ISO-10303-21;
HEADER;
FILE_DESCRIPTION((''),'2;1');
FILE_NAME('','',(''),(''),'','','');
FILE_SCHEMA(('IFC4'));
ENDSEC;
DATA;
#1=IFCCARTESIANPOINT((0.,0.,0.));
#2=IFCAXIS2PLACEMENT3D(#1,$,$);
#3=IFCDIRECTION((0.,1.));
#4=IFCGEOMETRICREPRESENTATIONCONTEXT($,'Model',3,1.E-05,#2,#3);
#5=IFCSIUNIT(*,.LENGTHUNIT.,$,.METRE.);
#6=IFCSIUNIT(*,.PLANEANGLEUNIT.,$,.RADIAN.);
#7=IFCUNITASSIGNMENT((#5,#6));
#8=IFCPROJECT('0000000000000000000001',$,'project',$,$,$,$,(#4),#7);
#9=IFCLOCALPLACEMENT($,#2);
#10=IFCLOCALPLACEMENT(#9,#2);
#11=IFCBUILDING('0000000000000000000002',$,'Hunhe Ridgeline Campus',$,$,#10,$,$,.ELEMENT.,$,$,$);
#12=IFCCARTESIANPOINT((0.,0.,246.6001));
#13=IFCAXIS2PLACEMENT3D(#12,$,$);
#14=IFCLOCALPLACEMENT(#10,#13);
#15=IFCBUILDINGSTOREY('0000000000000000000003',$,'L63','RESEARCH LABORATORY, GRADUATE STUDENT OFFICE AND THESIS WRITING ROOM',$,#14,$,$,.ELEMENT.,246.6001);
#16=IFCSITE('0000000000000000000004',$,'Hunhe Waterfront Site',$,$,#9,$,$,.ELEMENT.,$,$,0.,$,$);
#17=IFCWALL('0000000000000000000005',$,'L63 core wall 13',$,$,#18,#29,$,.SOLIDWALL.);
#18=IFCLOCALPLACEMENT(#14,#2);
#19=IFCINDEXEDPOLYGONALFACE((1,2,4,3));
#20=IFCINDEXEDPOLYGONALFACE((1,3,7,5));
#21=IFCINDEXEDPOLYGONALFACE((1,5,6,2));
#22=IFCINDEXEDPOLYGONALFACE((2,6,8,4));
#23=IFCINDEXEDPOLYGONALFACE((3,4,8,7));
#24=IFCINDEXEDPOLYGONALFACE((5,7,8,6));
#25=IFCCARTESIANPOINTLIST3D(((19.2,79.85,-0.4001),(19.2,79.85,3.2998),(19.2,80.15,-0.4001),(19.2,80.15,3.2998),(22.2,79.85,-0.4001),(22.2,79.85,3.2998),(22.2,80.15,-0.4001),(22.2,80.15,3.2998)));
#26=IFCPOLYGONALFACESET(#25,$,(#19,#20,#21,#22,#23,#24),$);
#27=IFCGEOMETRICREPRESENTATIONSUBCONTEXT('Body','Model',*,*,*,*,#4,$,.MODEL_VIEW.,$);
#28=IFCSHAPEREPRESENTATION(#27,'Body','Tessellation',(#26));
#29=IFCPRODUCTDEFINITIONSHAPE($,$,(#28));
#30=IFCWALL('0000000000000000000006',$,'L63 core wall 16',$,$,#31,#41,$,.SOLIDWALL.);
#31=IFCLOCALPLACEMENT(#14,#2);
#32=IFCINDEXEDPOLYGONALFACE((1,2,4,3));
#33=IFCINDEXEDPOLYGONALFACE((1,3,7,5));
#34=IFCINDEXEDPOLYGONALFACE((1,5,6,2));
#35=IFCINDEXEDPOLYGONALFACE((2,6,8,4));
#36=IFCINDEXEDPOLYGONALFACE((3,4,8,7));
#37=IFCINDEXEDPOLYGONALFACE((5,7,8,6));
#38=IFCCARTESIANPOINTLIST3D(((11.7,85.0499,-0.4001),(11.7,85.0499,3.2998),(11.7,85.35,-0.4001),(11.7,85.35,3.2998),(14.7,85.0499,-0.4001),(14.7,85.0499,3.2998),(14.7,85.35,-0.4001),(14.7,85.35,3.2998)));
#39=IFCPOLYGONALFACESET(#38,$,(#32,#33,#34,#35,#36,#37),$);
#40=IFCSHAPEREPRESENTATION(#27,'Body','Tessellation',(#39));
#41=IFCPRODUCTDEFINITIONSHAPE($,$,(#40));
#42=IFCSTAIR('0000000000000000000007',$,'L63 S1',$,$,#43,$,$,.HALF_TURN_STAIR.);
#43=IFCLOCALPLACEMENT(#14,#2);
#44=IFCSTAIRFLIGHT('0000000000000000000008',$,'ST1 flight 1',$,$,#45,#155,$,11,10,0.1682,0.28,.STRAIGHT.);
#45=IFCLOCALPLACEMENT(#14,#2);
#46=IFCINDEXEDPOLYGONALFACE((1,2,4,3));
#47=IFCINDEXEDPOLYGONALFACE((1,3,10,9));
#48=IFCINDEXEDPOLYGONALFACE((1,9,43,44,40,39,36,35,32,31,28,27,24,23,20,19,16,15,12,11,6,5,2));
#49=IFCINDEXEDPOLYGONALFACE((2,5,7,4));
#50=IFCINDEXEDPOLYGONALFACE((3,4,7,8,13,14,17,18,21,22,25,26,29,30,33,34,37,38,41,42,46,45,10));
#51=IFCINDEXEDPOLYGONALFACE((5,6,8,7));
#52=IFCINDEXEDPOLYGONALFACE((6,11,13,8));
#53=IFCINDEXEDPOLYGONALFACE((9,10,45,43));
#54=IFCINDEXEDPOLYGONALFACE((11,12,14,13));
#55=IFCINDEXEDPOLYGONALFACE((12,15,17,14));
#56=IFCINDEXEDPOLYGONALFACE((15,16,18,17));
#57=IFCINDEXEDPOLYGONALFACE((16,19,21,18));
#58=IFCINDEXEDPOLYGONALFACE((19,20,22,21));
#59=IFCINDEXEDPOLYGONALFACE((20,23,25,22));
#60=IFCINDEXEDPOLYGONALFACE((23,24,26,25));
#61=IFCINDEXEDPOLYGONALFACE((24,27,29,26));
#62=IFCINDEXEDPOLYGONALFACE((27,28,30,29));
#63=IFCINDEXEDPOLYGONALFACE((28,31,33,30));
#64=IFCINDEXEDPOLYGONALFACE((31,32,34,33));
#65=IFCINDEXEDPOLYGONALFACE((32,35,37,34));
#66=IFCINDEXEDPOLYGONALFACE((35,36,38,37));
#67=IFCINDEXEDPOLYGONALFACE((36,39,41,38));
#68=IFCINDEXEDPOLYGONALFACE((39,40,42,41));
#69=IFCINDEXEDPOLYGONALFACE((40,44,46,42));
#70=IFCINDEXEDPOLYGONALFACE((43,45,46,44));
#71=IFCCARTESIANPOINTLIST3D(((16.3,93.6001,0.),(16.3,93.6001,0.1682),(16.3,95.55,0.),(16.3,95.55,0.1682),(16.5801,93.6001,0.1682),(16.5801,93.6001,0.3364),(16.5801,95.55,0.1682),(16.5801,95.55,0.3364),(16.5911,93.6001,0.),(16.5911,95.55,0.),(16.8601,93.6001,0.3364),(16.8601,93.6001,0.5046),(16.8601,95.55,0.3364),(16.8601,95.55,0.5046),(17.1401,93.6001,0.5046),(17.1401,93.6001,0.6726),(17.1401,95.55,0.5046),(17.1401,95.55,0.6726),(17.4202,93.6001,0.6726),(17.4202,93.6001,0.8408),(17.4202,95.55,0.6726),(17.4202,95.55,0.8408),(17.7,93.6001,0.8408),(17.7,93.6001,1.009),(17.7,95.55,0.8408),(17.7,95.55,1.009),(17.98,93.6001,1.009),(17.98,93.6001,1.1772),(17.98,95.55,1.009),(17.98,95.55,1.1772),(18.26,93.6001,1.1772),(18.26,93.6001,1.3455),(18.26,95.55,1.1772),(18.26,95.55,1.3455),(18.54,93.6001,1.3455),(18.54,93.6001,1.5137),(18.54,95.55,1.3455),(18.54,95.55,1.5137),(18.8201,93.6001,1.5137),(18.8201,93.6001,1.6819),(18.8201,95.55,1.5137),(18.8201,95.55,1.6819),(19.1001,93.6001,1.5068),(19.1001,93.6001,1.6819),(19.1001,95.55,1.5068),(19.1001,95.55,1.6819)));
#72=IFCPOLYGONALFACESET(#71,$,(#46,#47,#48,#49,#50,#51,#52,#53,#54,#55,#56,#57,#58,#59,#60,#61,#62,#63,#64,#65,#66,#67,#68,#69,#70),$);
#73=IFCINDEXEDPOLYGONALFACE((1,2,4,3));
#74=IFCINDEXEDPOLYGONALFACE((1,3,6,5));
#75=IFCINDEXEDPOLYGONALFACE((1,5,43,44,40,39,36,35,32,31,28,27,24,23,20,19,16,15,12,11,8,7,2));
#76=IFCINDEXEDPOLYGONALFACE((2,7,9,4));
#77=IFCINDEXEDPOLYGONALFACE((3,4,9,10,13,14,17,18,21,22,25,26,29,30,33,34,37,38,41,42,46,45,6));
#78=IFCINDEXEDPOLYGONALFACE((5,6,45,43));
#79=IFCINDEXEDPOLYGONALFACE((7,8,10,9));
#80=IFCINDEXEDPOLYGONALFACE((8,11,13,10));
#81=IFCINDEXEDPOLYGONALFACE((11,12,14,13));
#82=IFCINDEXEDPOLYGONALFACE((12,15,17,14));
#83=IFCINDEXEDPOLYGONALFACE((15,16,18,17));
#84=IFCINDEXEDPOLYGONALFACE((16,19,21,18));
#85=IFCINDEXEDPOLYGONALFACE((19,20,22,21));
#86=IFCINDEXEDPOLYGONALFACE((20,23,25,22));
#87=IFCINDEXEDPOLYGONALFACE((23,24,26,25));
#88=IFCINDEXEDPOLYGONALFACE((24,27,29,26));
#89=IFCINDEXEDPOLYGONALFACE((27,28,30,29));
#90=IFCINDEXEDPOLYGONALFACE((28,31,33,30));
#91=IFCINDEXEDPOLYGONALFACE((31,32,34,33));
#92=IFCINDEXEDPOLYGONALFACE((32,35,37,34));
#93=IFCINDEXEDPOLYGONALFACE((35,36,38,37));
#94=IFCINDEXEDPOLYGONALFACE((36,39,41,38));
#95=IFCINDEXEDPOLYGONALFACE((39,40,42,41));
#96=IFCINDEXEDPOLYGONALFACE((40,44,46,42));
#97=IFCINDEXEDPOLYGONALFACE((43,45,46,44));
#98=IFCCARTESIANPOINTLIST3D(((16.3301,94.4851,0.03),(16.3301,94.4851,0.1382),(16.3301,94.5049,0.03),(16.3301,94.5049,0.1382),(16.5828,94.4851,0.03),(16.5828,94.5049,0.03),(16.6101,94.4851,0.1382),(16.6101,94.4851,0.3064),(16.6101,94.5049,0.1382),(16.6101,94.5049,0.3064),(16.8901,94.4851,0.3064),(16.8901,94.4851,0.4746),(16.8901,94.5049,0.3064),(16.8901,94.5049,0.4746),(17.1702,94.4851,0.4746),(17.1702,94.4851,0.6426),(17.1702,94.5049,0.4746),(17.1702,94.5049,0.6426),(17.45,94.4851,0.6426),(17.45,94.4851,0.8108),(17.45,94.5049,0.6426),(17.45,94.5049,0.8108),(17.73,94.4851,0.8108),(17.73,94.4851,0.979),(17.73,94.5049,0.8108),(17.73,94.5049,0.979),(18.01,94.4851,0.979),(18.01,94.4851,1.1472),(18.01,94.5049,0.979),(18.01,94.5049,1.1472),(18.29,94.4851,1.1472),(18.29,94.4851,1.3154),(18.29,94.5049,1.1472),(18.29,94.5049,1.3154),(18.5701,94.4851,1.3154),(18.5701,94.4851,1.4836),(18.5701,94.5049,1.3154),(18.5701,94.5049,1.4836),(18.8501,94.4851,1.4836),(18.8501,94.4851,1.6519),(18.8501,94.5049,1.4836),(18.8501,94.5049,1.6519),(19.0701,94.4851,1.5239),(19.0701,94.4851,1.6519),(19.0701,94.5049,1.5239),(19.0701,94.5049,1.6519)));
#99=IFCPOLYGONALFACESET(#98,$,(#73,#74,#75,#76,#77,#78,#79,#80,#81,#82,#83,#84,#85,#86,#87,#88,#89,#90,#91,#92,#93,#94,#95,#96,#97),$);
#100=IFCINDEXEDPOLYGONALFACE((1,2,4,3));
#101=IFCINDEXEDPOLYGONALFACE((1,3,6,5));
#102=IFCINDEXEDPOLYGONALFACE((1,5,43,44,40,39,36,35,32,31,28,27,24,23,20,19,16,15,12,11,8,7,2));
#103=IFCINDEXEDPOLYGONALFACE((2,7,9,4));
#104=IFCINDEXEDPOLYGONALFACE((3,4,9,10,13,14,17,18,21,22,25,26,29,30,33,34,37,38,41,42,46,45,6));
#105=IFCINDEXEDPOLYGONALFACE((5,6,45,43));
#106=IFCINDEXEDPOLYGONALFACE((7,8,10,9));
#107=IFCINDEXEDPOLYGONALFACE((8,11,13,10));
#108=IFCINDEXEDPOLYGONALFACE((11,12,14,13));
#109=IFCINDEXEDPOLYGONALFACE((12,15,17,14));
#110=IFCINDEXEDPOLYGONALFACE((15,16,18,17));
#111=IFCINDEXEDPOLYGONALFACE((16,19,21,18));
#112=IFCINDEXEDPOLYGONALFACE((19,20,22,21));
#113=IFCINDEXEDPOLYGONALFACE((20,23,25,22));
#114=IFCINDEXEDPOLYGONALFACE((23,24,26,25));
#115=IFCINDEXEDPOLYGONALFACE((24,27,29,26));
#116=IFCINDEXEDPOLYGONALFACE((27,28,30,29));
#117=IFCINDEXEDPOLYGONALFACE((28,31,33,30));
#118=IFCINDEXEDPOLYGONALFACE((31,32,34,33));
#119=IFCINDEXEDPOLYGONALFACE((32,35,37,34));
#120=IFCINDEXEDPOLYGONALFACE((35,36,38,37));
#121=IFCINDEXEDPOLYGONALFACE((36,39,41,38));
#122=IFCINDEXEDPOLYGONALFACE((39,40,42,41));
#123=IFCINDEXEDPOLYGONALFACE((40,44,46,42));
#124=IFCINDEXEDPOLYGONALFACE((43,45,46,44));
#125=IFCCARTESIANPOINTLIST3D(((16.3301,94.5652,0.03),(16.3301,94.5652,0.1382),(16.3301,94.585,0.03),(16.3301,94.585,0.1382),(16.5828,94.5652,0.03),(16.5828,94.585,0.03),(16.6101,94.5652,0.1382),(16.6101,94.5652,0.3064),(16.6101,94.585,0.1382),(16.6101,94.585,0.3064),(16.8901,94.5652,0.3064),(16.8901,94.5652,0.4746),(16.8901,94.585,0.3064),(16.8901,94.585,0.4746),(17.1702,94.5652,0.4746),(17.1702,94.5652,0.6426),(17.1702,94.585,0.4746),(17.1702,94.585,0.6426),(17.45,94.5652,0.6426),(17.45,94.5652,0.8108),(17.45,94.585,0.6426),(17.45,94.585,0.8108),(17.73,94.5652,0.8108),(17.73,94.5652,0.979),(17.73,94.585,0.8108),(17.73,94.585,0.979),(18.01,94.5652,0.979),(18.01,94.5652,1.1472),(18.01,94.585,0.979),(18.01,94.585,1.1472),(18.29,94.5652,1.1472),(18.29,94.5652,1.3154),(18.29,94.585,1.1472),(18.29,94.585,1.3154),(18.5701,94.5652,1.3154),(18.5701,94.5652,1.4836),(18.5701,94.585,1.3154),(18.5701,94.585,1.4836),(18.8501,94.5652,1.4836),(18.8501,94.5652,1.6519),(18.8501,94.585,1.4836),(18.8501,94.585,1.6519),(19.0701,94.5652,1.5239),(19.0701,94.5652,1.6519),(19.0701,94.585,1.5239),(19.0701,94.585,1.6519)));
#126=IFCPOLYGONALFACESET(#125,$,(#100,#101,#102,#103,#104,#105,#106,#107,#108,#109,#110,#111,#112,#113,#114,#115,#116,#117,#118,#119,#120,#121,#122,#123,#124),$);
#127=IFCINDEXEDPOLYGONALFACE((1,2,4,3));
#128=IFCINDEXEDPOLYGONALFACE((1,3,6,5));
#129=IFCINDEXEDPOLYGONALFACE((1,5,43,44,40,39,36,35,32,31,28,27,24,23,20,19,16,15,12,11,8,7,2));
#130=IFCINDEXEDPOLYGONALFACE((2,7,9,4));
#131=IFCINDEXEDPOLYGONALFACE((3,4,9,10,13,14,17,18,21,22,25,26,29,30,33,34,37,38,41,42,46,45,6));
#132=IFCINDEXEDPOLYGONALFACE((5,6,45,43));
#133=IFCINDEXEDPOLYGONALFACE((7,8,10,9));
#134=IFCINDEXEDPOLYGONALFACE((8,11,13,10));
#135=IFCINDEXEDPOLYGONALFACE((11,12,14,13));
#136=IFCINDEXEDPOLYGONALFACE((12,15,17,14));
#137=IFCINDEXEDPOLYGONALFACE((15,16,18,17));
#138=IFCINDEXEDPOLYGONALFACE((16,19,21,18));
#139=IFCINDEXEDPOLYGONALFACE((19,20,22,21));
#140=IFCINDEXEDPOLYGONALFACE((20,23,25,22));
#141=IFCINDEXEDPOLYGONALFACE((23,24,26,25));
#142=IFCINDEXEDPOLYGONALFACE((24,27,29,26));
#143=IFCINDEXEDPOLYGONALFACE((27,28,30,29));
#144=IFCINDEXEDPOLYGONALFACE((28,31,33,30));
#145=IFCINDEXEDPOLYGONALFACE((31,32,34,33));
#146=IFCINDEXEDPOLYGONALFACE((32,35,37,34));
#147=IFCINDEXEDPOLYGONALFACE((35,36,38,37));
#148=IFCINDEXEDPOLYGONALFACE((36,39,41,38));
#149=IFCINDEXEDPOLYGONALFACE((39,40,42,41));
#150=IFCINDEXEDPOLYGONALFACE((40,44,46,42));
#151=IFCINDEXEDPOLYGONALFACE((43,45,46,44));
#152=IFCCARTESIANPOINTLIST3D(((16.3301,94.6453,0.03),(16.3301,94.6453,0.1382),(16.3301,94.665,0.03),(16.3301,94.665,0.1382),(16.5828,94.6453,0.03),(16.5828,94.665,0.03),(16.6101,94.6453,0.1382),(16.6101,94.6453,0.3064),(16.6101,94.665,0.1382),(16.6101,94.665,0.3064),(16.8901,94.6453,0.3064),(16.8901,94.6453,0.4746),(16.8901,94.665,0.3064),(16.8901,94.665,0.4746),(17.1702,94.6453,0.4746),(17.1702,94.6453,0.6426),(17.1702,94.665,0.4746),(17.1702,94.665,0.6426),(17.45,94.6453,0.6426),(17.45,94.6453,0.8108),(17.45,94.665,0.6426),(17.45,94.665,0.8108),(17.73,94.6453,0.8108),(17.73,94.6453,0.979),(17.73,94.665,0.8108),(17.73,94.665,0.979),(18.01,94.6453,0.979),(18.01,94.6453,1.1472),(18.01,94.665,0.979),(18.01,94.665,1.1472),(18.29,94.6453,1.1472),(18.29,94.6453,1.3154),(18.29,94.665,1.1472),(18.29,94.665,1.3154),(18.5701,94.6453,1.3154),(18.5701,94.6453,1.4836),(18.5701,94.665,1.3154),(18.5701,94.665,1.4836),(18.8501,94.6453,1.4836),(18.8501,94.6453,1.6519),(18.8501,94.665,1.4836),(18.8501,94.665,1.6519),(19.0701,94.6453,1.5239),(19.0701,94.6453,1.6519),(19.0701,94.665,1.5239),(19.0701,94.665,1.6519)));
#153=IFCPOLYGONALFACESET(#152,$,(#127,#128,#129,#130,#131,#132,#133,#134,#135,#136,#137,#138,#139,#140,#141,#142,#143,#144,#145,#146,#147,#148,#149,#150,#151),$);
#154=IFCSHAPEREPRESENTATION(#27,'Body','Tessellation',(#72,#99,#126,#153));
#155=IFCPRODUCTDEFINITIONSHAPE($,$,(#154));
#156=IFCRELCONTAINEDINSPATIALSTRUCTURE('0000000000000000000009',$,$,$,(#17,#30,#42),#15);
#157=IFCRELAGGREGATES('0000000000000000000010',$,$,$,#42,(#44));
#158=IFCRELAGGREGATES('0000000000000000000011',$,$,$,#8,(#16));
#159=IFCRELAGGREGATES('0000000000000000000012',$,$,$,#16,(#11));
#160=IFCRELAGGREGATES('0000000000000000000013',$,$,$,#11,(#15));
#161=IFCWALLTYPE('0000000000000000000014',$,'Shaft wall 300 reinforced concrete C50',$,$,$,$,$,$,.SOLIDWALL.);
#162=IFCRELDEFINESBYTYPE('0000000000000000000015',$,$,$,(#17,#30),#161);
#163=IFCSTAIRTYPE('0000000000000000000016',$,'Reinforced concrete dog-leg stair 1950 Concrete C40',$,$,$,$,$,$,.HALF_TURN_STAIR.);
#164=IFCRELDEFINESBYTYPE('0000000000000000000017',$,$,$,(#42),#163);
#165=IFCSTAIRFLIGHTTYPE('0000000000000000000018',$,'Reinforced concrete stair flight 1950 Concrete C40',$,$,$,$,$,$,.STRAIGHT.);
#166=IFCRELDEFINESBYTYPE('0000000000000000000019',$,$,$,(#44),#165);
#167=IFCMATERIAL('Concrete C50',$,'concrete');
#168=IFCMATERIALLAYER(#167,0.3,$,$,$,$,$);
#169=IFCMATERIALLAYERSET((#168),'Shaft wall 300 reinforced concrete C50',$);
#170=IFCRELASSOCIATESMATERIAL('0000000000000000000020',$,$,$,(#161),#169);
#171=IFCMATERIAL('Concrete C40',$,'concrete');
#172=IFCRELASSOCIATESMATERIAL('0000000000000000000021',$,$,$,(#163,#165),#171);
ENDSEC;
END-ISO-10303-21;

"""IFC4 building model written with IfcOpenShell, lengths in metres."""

from ifc_helpers import new_model, si_unit, direction, frame, frame_2d, origin, place, context, subcontext, project, spatial, polyline, rectangle, outline, extrude, material, layer, layer_set, type_object, element, aggregate, save


model = new_model("IFC4")

# Units and contexts
model_context = context("Model", 3, precision=1e-05, world=origin(), true_north=direction((0.0, 1.0)))
body_context = subcontext(model_context, "Body", "Model", "MODEL_VIEW")
ifc_project = project(units=[si_unit("LENGTHUNIT", "METRE"), si_unit("PLANEANGLEUNIT", "RADIAN")], contexts=[model_context])

# Site, building, storey
site_placement = place(None, origin())
site = spatial("IfcSite", under=ifc_project, at=site_placement, Name="Hunhe Waterfront Site", CompositionType="ELEMENT", RefElevation=0.0)
building_placement = place(site_placement, origin())
building = spatial("IfcBuilding", under=site, at=building_placement, Name="Hunhe Ridgeline Campus", CompositionType="ELEMENT")
storey_placement = place(building_placement, frame((0.0, 0.0, 246.6001)))
storey = spatial("IfcBuildingStorey", under=building, at=storey_placement, Name="L63", Description="RESEARCH LABORATORY, GRADUATE STUDENT OFFICE AND THESIS WRITING ROOM", CompositionType="ELEMENT", Elevation=246.6001)

# Walls
ifc_material_1 = material(Name="Concrete C50", Category="concrete")
ifc_layer_1 = layer(ifc_material_1, 0.3)
ifc_layer_set_1 = layer_set([ifc_layer_1], Name="Shaft wall 300 reinforced concrete C50")
wall_type_1 = type_object("IfcWallType", Name="Shaft wall 300 reinforced concrete C50", PredefinedType="SOLIDWALL", material=ifc_layer_set_1)
for number, where, z_axis, x_axis, name in (
    (1, (19.2, 80.0, -0.4001), (0.0, 0.0, 1.0), (1.0, 0.0, 0.0), "L63 core wall 13"),
    (2, (11.7, 85.2, -0.4001), (0.0, 0.0, 1.0), (1.0, 0.0, 0.0), "L63 core wall 16"),
):
    element("IfcWall", number, at=place(storey_placement, frame(where, z_axis=z_axis, x_axis=x_axis)), inside=storey, type_object=wall_type_1, Name=name, PredefinedType="SOLIDWALL", context=body_context, shape_type="SweptSolid", body=[
        extrude(rectangle(XDim=3.0, YDim=0.3, at=frame_2d((1.5, 0.0))), origin(), (0.0, 0.0, 1.0), 3.7),
    ])

# Stair, stair flight
ifc_material_2 = material(Name="Concrete C40", Category="concrete")
stair_type = type_object("IfcStairType", Name="Reinforced concrete dog-leg stair 1950 Concrete C40", PredefinedType="HALF_TURN_STAIR", material=ifc_material_2)
stair_placement = place(storey_placement, origin())
stair = element("IfcStair", 3, at=stair_placement, inside=storey, type_object=stair_type, Name="L63 S1", PredefinedType="HALF_TURN_STAIR")
stair_flight_type = type_object("IfcStairFlightType", Name="Reinforced concrete stair flight 1950 Concrete C40", PredefinedType="STRAIGHT", material=ifc_material_2)
stair_flight_1_placement = place(storey_placement, frame((16.3, 94.575, 0.0), z_axis=(0.0, 0.0, 1.0), x_axis=(1.0, 0.0, 0.0)))
stair_flight_1 = element("IfcStairFlight", 4, at=stair_flight_1_placement, type_object=stair_flight_type, Name="ST1 flight 1", NumberOfRisers=11, NumberOfTreads=10, PredefinedType="STRAIGHT", RiserHeight=0.1682, TreadLength=0.28, context=body_context, shape_type="SweptSolid", body=[
    extrude(outline(polyline([(0.0, 0.0), (0.0, 0.1682), (0.28, 0.1682), (0.28, 0.3364), (0.5601, 0.3364), (0.5601, 0.5046), (0.8401, 0.5046), (0.8401, 0.6726), (1.1201, 0.6726), (1.1201, 0.8408), (1.3999, 0.8408), (1.3999, 1.009), (1.6799, 1.009), (1.6799, 1.1772), (1.96, 1.1772), (1.96, 1.3455), (2.24, 1.3455), (2.24, 1.5137), (2.52, 1.5137), (2.52, 1.6819), (2.8, 1.6819), (2.8, 1.8501), (2.8, 1.5068), (0.291, 0.0), (0.0, 0.0)])), frame((0.0, 0.9751, 0.0), z_axis=(0.0, -1.0, 0.0), x_axis=(1.0, 0.0, 0.0)), (0.0, 0.0, 1.0), 1.95),
    extrude(outline(polyline([(0.03, 0.03), (0.03, 0.1382), (0.3101, 0.1382), (0.3101, 0.3064), (0.5901, 0.3064), (0.5901, 0.4746), (0.8701, 0.4746), (0.8701, 0.6426), (1.1499, 0.6426), (1.1499, 0.8108), (1.4299, 0.8108), (1.4299, 0.979), (1.71, 0.979), (1.71, 1.1472), (1.99, 1.1472), (1.99, 1.3154), (2.27, 1.3154), (2.27, 1.4836), (2.55, 1.4836), (2.55, 1.6519), (2.77, 1.6519), (2.77, 1.5239), (0.2827, 0.03), (0.03, 0.03)])), frame((0.0, -0.0701, 0.0), z_axis=(0.0, -1.0, 0.0), x_axis=(1.0, 0.0, 0.0)), (0.0, 0.0, 1.0), 0.0198),
    extrude(outline(polyline([(0.03, 0.03), (0.03, 0.1382), (0.3101, 0.1382), (0.3101, 0.3064), (0.5901, 0.3064), (0.5901, 0.4746), (0.8701, 0.4746), (0.8701, 0.6426), (1.1499, 0.6426), (1.1499, 0.8108), (1.4299, 0.8108), (1.4299, 0.979), (1.71, 0.979), (1.71, 1.1472), (1.99, 1.1472), (1.99, 1.3154), (2.27, 1.3154), (2.27, 1.4836), (2.55, 1.4836), (2.55, 1.6519), (2.77, 1.6519), (2.77, 1.5239), (0.2827, 0.03), (0.03, 0.03)])), frame((0.0, 0.01, 0.0), z_axis=(0.0, -1.0, 0.0), x_axis=(1.0, 0.0, 0.0)), (0.0, 0.0, 1.0), 0.0198),
    extrude(outline(polyline([(0.03, 0.03), (0.03, 0.1382), (0.3101, 0.1382), (0.3101, 0.3064), (0.5901, 0.3064), (0.5901, 0.4746), (0.8701, 0.4746), (0.8701, 0.6426), (1.1499, 0.6426), (1.1499, 0.8108), (1.4299, 0.8108), (1.4299, 0.979), (1.71, 0.979), (1.71, 1.1472), (1.99, 1.1472), (1.99, 1.3154), (2.27, 1.3154), (2.27, 1.4836), (2.55, 1.4836), (2.55, 1.6519), (2.77, 1.6519), (2.77, 1.5239), (0.2827, 0.03), (0.03, 0.03)])), frame((0.0, 0.0901, 0.0), z_axis=(0.0, -1.0, 0.0), x_axis=(1.0, 0.0, 0.0)), (0.0, 0.0, 1.0), 0.0198),
])
aggregate(stair, [stair_flight_1])

save(model, "model.ifc")
